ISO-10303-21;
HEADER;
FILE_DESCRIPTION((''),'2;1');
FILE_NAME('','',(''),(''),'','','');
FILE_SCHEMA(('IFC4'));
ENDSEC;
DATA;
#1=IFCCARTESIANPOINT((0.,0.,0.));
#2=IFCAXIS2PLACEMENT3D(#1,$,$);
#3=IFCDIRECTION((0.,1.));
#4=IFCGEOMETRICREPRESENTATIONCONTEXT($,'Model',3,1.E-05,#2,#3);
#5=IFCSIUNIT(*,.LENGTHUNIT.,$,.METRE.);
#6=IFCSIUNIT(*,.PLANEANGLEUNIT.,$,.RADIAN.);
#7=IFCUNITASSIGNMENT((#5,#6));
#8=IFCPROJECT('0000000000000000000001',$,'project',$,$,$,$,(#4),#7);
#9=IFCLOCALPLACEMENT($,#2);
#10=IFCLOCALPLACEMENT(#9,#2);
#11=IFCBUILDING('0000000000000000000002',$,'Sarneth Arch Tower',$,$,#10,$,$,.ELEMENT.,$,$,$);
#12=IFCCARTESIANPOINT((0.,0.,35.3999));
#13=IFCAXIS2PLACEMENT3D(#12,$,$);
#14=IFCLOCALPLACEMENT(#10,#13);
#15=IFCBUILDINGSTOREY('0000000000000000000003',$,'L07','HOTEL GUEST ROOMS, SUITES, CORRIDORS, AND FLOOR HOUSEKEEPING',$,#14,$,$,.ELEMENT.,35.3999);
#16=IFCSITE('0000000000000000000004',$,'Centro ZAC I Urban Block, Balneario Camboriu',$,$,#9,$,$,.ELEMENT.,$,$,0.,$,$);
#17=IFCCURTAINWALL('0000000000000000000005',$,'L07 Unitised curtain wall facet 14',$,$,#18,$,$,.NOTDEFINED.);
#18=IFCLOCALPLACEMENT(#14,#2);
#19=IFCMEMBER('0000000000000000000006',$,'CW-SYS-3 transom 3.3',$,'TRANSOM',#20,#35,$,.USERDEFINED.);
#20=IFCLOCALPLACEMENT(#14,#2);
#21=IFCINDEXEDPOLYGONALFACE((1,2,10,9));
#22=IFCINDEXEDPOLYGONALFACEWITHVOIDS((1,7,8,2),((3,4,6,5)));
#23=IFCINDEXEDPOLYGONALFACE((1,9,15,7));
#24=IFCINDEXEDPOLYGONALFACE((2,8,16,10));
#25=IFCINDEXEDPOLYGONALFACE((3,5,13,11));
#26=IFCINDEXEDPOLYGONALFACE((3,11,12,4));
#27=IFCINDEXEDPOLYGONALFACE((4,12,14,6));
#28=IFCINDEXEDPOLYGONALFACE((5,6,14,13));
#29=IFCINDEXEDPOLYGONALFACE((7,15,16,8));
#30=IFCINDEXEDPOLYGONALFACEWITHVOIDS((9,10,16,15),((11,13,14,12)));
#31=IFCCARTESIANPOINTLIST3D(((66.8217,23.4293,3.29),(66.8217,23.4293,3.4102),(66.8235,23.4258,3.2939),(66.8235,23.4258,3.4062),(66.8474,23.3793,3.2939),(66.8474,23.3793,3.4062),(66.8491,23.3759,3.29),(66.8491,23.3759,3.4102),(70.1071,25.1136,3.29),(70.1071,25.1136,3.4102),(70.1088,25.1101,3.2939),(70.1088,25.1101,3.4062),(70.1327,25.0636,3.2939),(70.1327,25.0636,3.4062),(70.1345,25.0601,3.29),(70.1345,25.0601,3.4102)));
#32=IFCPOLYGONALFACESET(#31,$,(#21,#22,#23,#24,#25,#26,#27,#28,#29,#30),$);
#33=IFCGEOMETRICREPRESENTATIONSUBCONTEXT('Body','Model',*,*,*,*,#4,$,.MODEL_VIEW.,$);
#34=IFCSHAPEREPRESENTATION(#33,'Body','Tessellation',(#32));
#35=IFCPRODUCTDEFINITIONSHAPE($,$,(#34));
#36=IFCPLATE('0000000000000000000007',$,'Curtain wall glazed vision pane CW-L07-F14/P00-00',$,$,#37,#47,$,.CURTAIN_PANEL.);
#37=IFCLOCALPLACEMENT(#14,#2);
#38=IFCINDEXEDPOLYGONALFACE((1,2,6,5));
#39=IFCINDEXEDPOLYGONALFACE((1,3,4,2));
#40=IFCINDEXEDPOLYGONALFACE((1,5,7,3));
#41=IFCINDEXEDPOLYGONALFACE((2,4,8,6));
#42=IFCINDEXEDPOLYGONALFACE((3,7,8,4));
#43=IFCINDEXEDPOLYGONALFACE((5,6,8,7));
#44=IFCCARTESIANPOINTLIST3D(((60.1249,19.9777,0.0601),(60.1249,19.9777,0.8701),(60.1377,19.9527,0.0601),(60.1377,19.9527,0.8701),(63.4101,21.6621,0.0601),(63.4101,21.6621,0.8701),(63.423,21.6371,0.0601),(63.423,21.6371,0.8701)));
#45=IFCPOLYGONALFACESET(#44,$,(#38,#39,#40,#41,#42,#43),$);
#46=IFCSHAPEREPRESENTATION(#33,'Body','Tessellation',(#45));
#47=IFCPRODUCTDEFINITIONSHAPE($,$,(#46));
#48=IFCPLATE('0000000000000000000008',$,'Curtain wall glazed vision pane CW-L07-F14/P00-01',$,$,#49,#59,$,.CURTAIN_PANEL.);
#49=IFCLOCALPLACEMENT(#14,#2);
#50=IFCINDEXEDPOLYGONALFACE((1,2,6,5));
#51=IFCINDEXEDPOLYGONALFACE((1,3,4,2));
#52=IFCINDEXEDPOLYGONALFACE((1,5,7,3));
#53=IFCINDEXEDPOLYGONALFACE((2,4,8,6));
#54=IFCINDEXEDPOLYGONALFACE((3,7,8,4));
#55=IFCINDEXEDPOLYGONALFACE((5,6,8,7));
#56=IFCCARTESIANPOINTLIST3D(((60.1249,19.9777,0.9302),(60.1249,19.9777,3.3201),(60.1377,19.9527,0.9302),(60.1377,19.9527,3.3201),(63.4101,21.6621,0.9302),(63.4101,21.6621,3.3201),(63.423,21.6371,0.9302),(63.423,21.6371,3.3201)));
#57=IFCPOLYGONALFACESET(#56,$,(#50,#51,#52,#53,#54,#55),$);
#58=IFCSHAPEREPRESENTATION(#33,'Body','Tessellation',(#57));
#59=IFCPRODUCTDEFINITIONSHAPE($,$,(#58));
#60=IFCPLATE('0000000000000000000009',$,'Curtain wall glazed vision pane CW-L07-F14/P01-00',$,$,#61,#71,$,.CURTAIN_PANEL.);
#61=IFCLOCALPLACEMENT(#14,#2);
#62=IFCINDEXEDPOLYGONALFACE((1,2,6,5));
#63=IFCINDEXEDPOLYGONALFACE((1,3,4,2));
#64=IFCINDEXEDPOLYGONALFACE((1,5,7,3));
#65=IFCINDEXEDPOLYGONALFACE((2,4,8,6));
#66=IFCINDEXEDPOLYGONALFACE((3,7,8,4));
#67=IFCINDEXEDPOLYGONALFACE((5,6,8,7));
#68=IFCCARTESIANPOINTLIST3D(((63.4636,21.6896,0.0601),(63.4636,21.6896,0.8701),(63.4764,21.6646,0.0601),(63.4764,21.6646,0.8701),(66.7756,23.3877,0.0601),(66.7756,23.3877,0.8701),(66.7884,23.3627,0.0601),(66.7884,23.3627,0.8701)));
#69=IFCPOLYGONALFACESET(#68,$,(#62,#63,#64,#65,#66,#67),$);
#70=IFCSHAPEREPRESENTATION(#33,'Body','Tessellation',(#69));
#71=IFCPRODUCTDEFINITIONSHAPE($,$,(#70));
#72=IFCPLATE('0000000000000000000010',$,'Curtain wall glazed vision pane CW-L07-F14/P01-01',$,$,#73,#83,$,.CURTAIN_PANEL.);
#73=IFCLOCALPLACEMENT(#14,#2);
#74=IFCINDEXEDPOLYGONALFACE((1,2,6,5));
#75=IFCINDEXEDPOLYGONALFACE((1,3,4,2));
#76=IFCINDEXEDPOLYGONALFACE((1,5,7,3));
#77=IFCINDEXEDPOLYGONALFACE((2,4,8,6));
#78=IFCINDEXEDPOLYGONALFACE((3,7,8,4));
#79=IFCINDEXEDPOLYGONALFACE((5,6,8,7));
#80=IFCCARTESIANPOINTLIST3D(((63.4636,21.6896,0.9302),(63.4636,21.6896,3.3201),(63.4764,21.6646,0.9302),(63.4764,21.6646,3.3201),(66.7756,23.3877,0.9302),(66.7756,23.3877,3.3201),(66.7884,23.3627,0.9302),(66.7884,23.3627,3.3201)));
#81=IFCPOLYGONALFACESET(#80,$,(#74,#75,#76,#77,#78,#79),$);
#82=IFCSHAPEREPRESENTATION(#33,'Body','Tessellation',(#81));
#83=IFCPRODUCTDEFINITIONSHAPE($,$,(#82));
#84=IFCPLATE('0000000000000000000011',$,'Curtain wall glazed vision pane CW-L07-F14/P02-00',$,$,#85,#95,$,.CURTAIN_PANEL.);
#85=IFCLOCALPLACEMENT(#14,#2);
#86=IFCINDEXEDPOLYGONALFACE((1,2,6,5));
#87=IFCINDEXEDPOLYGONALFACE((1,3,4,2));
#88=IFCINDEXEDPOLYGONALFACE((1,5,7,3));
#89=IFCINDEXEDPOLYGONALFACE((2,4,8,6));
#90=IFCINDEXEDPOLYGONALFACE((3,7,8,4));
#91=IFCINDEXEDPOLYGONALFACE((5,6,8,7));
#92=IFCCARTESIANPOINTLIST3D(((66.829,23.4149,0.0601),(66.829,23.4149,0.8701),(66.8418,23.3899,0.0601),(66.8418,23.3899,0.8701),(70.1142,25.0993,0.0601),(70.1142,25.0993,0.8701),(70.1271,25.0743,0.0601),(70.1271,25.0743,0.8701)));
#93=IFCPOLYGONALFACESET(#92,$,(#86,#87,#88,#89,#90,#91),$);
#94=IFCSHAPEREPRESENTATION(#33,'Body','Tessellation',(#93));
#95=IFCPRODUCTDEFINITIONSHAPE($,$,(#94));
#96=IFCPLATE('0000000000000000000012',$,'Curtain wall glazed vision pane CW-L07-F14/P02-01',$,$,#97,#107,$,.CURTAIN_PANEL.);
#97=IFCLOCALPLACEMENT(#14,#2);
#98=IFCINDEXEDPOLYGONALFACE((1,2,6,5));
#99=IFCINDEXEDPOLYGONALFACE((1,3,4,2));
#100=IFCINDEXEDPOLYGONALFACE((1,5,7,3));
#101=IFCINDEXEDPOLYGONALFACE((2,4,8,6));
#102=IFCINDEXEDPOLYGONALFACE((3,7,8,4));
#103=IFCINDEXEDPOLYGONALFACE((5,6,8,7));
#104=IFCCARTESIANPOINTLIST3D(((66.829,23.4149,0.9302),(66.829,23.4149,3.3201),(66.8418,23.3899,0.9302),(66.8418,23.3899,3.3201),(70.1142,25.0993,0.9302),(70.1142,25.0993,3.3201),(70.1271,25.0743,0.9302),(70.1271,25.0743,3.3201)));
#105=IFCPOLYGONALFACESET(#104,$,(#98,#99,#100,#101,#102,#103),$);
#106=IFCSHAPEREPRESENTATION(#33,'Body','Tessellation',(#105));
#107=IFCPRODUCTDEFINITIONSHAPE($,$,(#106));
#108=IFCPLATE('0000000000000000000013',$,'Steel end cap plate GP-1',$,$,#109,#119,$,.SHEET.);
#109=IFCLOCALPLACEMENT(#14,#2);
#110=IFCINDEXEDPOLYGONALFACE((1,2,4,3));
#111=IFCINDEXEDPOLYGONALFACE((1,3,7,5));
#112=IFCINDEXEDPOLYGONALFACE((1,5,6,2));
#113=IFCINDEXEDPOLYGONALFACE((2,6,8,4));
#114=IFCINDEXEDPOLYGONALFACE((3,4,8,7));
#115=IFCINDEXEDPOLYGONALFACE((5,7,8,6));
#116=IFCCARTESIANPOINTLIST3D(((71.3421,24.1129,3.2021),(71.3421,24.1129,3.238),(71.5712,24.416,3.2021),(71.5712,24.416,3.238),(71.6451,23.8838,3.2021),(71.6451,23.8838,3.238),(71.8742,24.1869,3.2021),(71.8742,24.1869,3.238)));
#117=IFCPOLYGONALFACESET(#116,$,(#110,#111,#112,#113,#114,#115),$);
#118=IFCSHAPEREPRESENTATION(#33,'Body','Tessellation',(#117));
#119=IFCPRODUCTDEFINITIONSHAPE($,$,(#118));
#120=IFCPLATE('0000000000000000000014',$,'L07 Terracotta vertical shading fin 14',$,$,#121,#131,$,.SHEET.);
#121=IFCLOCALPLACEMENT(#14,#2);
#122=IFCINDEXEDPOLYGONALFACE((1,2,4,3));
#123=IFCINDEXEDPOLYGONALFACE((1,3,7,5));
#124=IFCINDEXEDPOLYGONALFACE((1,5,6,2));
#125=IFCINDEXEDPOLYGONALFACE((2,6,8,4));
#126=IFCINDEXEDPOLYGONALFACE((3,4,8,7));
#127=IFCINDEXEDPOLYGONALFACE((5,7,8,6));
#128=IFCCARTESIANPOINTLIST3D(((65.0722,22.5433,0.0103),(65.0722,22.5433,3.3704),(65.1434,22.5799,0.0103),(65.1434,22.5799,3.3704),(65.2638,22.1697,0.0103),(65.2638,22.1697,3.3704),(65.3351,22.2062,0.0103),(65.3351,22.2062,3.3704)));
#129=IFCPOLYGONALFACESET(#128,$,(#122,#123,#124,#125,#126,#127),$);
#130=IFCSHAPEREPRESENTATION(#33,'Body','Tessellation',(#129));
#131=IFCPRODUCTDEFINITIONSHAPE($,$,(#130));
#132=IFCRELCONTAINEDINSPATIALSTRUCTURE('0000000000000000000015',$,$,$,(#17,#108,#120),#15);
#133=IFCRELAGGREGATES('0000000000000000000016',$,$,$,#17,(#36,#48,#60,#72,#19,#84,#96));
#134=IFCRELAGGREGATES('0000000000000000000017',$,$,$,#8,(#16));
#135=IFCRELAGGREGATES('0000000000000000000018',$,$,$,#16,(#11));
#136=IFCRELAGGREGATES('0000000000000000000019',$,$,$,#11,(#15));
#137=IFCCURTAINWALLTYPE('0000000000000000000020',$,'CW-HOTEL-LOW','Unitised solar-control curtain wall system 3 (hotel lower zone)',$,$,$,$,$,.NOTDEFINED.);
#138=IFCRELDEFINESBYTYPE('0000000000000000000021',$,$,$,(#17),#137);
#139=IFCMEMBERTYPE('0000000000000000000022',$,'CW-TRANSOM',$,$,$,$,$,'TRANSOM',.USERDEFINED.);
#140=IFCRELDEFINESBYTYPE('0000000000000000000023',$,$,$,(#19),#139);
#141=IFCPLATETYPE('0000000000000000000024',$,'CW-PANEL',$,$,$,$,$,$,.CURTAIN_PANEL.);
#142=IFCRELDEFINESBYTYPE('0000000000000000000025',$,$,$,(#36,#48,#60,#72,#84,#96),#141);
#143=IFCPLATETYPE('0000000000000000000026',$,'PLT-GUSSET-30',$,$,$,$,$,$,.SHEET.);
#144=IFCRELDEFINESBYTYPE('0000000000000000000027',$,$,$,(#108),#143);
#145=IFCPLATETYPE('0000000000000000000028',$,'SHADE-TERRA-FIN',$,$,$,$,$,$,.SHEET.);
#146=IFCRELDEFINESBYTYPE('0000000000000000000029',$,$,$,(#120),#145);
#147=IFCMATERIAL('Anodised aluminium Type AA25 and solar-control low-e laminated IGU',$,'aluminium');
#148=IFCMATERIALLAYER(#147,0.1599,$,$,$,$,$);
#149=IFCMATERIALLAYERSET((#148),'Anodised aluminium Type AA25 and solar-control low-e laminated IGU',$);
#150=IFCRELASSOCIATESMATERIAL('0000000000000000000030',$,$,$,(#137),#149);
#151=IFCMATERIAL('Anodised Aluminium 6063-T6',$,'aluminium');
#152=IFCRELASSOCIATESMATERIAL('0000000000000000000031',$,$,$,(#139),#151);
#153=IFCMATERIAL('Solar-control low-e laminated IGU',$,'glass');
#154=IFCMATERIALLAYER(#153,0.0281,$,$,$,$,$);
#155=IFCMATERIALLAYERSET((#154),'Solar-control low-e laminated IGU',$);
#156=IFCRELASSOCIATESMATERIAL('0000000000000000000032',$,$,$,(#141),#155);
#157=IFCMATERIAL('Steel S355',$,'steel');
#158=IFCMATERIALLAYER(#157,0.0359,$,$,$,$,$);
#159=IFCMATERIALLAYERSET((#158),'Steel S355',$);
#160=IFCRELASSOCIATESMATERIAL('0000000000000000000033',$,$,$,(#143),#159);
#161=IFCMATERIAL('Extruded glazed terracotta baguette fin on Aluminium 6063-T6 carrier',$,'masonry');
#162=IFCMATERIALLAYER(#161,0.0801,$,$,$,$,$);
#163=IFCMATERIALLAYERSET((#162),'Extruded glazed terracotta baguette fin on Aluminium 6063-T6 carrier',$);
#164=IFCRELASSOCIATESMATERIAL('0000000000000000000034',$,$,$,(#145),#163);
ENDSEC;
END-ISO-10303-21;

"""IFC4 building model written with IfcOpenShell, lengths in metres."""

from ifc_helpers import new_model, si_unit, direction, frame, origin, origin_2d, place, context, subcontext, project, spatial, rectangle, hollow_rectangle, extrude, material, layer, layer_set, material_profile, profile_set, type_object, element, aggregate, save


model = new_model("IFC4")

# Units and contexts
model_context = context("Model", 3, precision=1e-05, world=origin(), true_north=direction((0.0, 1.0)))
body_context = subcontext(model_context, "Body", "Model", "MODEL_VIEW")
ifc_project = project(units=[si_unit("LENGTHUNIT", "METRE"), si_unit("PLANEANGLEUNIT", "RADIAN")], contexts=[model_context])

# Site, building, storey
site_placement = place(None, origin())
site = spatial("IfcSite", under=ifc_project, at=site_placement, Name="Centro ZAC I Urban Block, Balneario Camboriu", CompositionType="ELEMENT", RefElevation=0.0)
building_placement = place(site_placement, origin())
building = spatial("IfcBuilding", under=site, at=building_placement, Name="Sarneth Arch Tower", CompositionType="ELEMENT")
storey_placement = place(building_placement, frame((0.0, 0.0, 35.3999)))
storey = spatial("IfcBuildingStorey", under=building, at=storey_placement, Name="L07", Description="HOTEL GUEST ROOMS, SUITES, CORRIDORS, AND FLOOR HOUSEKEEPING", CompositionType="ELEMENT", Elevation=35.3999)

# Curtain wall, member, plates
ifc_material_1 = material(Name="Anodised aluminium Type AA25 and solar-control low-e laminated IGU", Category="aluminium")
ifc_layer_1 = layer(ifc_material_1, 0.1599)
ifc_layer_set_1 = layer_set([ifc_layer_1], Name="Anodised aluminium Type AA25 and solar-control low-e laminated IGU")
curtain_wall_type = type_object("IfcCurtainWallType", Name="CW-HOTEL-LOW", Description="Unitised solar-control curtain wall system 3 (hotel lower zone)", PredefinedType="NOTDEFINED", material=ifc_layer_set_1)
curtain_wall_placement = place(storey_placement, origin())
curtain_wall = element("IfcCurtainWall", 1, at=curtain_wall_placement, inside=storey, type_object=curtain_wall_type, Name="L07 Unitised curtain wall facet 14", PredefinedType="NOTDEFINED")
ifc_material_2 = material(Name="Anodised Aluminium 6063-T6", Category="aluminium")
ifc_material_profile_1 = material_profile(ifc_material_2, hollow_rectangle(XDim=0.0601, YDim=0.1201, WallThickness=0.0039, at=origin_2d()), Name="AL-TRAN-120x60x4")
ifc_profile_set_1 = profile_set([ifc_material_profile_1], Name="Anodised Aluminium 6063-T6")
member_type_1 = type_object("IfcMemberType", Name="CW-TRANSOM", ElementType="TRANSOM", PredefinedType="USERDEFINED", material=ifc_profile_set_1)
member_1_placement = place(storey_placement, frame((66.8354, 23.4026, 3.3501), z_axis=(0.889872, 0.456211, 0.0), x_axis=(-0.456211, 0.889872, 0.0)))
member_1 = element("IfcMember", 2, at=member_1_placement, type_object=member_type_1, Name="CW-SYS-3 transom 3.3", ObjectType="TRANSOM", PredefinedType="USERDEFINED", context=body_context, shape_type="SweptSolid", body=[
    extrude(hollow_rectangle(XDim=0.0601, YDim=0.1201, WallThickness=0.0039, at=origin_2d()), origin(), (0.0, 0.0, 1.0), 3.6919),
])
ifc_material_3 = material(Name="Solar-control low-e laminated IGU", Category="glass")
ifc_layer_2 = layer(ifc_material_3, 0.0281)
ifc_layer_set_2 = layer_set([ifc_layer_2], Name="Solar-control low-e laminated IGU")
plate_type_1 = type_object("IfcPlateType", Name="CW-PANEL", PredefinedType="CURTAIN_PANEL", material=ifc_layer_set_2)
plate_1_placement = place(storey_placement, frame((61.7739, 20.8074, 0.0601), z_axis=(0.0, 0.0, 1.0), x_axis=(0.889854, 0.456245, 0.0)))
plate_1 = element("IfcPlate", 3, at=plate_1_placement, type_object=plate_type_1, Name="Curtain wall glazed vision pane CW-L07-F14/P00-00", PredefinedType="CURTAIN_PANEL", context=body_context, shape_type="SweptSolid", body=[
    extrude(rectangle(XDim=3.6919, YDim=0.0281, at=origin_2d()), origin(), (0.0, 0.0, 1.0), 0.8101),
])
plate_2_placement = place(storey_placement, frame((61.7739, 20.8074, 0.9302), z_axis=(0.0, 0.0, 1.0), x_axis=(0.889854, 0.456245, 0.0)))
plate_2 = element("IfcPlate", 4, at=plate_2_placement, type_object=plate_type_1, Name="Curtain wall glazed vision pane CW-L07-F14/P00-01", PredefinedType="CURTAIN_PANEL", context=body_context, shape_type="SweptSolid", body=[
    extrude(rectangle(XDim=3.6919, YDim=0.0281, at=origin_2d()), origin(), (0.0, 0.0, 1.0), 2.3899),
])
plate_3_placement = place(storey_placement, frame((65.126, 22.5261, 0.0601), z_axis=(0.0, 0.0, 1.0), x_axis=(0.889854, 0.456245, 0.0)))
plate_3 = element("IfcPlate", 5, at=plate_3_placement, type_object=plate_type_1, Name="Curtain wall glazed vision pane CW-L07-F14/P01-00", PredefinedType="CURTAIN_PANEL", context=body_context, shape_type="SweptSolid", body=[
    extrude(rectangle(XDim=3.7219, YDim=0.0281, at=origin_2d()), origin(), (0.0, 0.0, 1.0), 0.8101),
])
plate_4_placement = place(storey_placement, frame((65.126, 22.5261, 0.9302), z_axis=(0.0, 0.0, 1.0), x_axis=(0.889854, 0.456245, 0.0)))
plate_4 = element("IfcPlate", 6, at=plate_4_placement, type_object=plate_type_1, Name="Curtain wall glazed vision pane CW-L07-F14/P01-01", PredefinedType="CURTAIN_PANEL", context=body_context, shape_type="SweptSolid", body=[
    extrude(rectangle(XDim=3.7219, YDim=0.0281, at=origin_2d()), origin(), (0.0, 0.0, 1.0), 2.3899),
])
plate_5_placement = place(storey_placement, frame((68.478, 24.2446, 0.0601), z_axis=(0.0, 0.0, 1.0), x_axis=(0.889854, 0.456245, 0.0)))
plate_5 = element("IfcPlate", 7, at=plate_5_placement, type_object=plate_type_1, Name="Curtain wall glazed vision pane CW-L07-F14/P02-00", PredefinedType="CURTAIN_PANEL", context=body_context, shape_type="SweptSolid", body=[
    extrude(rectangle(XDim=3.6919, YDim=0.0281, at=origin_2d()), origin(), (0.0, 0.0, 1.0), 0.8101),
])
plate_6_placement = place(storey_placement, frame((68.478, 24.2446, 0.9302), z_axis=(0.0, 0.0, 1.0), x_axis=(0.889854, 0.456245, 0.0)))
plate_6 = element("IfcPlate", 8, at=plate_6_placement, type_object=plate_type_1, Name="Curtain wall glazed vision pane CW-L07-F14/P02-01", PredefinedType="CURTAIN_PANEL", context=body_context, shape_type="SweptSolid", body=[
    extrude(rectangle(XDim=3.6919, YDim=0.0281, at=origin_2d()), origin(), (0.0, 0.0, 1.0), 2.3899),
])
aggregate(curtain_wall, [plate_1, plate_2, plate_3, plate_4, member_1, plate_5, plate_6])

# Plates
ifc_material_4 = material(Name="Steel S355", Category="steel")
ifc_layer_3 = layer(ifc_material_4, 0.0359)
ifc_layer_set_3 = layer_set([ifc_layer_3], Name="Steel S355")
plate_type_2 = type_object("IfcPlateType", Name="PLT-GUSSET-30", PredefinedType="SHEET", material=ifc_layer_set_3)
plate_7_placement = place(storey_placement, frame((71.6082, 24.1499, 3.2021), z_axis=(0.0, 0.0, 1.0), x_axis=(0.797689, -0.603069, 0.0)))
element("IfcPlate", 9, at=plate_7_placement, inside=storey, type_object=plate_type_2, Name="Steel end cap plate GP-1", PredefinedType="SHEET", context=body_context, shape_type="SweptSolid", body=[
    extrude(rectangle(XDim=0.3799, YDim=0.3799, at=origin_2d()), origin(), (0.0, 0.0, 1.0), 0.0359),
])
ifc_material_5 = material(Name="Extruded glazed terracotta baguette fin on Aluminium 6063-T6 carrier", Category="masonry")
ifc_layer_4 = layer(ifc_material_5, 0.0801)
ifc_layer_set_4 = layer_set([ifc_layer_4], Name="Extruded glazed terracotta baguette fin on Aluminium 6063-T6 carrier")
plate_type_3 = type_object("IfcPlateType", Name="SHADE-TERRA-FIN", PredefinedType="SHEET", material=ifc_layer_set_4)
plate_8_placement = place(storey_placement, frame((65.2036, 22.3748, 0.0103), z_axis=(0.0, 0.0, 1.0), x_axis=(0.456322, -0.889815, 0.0)))
element("IfcPlate", 10, at=plate_8_placement, inside=storey, type_object=plate_type_3, Name="L07 Terracotta vertical shading fin 14", PredefinedType="SHEET", context=body_context, shape_type="SweptSolid", body=[
    extrude(rectangle(XDim=0.4199, YDim=0.0801, at=origin_2d()), origin(), (0.0, 0.0, 1.0), 3.3601),
])

save(model, "model.ifc")
